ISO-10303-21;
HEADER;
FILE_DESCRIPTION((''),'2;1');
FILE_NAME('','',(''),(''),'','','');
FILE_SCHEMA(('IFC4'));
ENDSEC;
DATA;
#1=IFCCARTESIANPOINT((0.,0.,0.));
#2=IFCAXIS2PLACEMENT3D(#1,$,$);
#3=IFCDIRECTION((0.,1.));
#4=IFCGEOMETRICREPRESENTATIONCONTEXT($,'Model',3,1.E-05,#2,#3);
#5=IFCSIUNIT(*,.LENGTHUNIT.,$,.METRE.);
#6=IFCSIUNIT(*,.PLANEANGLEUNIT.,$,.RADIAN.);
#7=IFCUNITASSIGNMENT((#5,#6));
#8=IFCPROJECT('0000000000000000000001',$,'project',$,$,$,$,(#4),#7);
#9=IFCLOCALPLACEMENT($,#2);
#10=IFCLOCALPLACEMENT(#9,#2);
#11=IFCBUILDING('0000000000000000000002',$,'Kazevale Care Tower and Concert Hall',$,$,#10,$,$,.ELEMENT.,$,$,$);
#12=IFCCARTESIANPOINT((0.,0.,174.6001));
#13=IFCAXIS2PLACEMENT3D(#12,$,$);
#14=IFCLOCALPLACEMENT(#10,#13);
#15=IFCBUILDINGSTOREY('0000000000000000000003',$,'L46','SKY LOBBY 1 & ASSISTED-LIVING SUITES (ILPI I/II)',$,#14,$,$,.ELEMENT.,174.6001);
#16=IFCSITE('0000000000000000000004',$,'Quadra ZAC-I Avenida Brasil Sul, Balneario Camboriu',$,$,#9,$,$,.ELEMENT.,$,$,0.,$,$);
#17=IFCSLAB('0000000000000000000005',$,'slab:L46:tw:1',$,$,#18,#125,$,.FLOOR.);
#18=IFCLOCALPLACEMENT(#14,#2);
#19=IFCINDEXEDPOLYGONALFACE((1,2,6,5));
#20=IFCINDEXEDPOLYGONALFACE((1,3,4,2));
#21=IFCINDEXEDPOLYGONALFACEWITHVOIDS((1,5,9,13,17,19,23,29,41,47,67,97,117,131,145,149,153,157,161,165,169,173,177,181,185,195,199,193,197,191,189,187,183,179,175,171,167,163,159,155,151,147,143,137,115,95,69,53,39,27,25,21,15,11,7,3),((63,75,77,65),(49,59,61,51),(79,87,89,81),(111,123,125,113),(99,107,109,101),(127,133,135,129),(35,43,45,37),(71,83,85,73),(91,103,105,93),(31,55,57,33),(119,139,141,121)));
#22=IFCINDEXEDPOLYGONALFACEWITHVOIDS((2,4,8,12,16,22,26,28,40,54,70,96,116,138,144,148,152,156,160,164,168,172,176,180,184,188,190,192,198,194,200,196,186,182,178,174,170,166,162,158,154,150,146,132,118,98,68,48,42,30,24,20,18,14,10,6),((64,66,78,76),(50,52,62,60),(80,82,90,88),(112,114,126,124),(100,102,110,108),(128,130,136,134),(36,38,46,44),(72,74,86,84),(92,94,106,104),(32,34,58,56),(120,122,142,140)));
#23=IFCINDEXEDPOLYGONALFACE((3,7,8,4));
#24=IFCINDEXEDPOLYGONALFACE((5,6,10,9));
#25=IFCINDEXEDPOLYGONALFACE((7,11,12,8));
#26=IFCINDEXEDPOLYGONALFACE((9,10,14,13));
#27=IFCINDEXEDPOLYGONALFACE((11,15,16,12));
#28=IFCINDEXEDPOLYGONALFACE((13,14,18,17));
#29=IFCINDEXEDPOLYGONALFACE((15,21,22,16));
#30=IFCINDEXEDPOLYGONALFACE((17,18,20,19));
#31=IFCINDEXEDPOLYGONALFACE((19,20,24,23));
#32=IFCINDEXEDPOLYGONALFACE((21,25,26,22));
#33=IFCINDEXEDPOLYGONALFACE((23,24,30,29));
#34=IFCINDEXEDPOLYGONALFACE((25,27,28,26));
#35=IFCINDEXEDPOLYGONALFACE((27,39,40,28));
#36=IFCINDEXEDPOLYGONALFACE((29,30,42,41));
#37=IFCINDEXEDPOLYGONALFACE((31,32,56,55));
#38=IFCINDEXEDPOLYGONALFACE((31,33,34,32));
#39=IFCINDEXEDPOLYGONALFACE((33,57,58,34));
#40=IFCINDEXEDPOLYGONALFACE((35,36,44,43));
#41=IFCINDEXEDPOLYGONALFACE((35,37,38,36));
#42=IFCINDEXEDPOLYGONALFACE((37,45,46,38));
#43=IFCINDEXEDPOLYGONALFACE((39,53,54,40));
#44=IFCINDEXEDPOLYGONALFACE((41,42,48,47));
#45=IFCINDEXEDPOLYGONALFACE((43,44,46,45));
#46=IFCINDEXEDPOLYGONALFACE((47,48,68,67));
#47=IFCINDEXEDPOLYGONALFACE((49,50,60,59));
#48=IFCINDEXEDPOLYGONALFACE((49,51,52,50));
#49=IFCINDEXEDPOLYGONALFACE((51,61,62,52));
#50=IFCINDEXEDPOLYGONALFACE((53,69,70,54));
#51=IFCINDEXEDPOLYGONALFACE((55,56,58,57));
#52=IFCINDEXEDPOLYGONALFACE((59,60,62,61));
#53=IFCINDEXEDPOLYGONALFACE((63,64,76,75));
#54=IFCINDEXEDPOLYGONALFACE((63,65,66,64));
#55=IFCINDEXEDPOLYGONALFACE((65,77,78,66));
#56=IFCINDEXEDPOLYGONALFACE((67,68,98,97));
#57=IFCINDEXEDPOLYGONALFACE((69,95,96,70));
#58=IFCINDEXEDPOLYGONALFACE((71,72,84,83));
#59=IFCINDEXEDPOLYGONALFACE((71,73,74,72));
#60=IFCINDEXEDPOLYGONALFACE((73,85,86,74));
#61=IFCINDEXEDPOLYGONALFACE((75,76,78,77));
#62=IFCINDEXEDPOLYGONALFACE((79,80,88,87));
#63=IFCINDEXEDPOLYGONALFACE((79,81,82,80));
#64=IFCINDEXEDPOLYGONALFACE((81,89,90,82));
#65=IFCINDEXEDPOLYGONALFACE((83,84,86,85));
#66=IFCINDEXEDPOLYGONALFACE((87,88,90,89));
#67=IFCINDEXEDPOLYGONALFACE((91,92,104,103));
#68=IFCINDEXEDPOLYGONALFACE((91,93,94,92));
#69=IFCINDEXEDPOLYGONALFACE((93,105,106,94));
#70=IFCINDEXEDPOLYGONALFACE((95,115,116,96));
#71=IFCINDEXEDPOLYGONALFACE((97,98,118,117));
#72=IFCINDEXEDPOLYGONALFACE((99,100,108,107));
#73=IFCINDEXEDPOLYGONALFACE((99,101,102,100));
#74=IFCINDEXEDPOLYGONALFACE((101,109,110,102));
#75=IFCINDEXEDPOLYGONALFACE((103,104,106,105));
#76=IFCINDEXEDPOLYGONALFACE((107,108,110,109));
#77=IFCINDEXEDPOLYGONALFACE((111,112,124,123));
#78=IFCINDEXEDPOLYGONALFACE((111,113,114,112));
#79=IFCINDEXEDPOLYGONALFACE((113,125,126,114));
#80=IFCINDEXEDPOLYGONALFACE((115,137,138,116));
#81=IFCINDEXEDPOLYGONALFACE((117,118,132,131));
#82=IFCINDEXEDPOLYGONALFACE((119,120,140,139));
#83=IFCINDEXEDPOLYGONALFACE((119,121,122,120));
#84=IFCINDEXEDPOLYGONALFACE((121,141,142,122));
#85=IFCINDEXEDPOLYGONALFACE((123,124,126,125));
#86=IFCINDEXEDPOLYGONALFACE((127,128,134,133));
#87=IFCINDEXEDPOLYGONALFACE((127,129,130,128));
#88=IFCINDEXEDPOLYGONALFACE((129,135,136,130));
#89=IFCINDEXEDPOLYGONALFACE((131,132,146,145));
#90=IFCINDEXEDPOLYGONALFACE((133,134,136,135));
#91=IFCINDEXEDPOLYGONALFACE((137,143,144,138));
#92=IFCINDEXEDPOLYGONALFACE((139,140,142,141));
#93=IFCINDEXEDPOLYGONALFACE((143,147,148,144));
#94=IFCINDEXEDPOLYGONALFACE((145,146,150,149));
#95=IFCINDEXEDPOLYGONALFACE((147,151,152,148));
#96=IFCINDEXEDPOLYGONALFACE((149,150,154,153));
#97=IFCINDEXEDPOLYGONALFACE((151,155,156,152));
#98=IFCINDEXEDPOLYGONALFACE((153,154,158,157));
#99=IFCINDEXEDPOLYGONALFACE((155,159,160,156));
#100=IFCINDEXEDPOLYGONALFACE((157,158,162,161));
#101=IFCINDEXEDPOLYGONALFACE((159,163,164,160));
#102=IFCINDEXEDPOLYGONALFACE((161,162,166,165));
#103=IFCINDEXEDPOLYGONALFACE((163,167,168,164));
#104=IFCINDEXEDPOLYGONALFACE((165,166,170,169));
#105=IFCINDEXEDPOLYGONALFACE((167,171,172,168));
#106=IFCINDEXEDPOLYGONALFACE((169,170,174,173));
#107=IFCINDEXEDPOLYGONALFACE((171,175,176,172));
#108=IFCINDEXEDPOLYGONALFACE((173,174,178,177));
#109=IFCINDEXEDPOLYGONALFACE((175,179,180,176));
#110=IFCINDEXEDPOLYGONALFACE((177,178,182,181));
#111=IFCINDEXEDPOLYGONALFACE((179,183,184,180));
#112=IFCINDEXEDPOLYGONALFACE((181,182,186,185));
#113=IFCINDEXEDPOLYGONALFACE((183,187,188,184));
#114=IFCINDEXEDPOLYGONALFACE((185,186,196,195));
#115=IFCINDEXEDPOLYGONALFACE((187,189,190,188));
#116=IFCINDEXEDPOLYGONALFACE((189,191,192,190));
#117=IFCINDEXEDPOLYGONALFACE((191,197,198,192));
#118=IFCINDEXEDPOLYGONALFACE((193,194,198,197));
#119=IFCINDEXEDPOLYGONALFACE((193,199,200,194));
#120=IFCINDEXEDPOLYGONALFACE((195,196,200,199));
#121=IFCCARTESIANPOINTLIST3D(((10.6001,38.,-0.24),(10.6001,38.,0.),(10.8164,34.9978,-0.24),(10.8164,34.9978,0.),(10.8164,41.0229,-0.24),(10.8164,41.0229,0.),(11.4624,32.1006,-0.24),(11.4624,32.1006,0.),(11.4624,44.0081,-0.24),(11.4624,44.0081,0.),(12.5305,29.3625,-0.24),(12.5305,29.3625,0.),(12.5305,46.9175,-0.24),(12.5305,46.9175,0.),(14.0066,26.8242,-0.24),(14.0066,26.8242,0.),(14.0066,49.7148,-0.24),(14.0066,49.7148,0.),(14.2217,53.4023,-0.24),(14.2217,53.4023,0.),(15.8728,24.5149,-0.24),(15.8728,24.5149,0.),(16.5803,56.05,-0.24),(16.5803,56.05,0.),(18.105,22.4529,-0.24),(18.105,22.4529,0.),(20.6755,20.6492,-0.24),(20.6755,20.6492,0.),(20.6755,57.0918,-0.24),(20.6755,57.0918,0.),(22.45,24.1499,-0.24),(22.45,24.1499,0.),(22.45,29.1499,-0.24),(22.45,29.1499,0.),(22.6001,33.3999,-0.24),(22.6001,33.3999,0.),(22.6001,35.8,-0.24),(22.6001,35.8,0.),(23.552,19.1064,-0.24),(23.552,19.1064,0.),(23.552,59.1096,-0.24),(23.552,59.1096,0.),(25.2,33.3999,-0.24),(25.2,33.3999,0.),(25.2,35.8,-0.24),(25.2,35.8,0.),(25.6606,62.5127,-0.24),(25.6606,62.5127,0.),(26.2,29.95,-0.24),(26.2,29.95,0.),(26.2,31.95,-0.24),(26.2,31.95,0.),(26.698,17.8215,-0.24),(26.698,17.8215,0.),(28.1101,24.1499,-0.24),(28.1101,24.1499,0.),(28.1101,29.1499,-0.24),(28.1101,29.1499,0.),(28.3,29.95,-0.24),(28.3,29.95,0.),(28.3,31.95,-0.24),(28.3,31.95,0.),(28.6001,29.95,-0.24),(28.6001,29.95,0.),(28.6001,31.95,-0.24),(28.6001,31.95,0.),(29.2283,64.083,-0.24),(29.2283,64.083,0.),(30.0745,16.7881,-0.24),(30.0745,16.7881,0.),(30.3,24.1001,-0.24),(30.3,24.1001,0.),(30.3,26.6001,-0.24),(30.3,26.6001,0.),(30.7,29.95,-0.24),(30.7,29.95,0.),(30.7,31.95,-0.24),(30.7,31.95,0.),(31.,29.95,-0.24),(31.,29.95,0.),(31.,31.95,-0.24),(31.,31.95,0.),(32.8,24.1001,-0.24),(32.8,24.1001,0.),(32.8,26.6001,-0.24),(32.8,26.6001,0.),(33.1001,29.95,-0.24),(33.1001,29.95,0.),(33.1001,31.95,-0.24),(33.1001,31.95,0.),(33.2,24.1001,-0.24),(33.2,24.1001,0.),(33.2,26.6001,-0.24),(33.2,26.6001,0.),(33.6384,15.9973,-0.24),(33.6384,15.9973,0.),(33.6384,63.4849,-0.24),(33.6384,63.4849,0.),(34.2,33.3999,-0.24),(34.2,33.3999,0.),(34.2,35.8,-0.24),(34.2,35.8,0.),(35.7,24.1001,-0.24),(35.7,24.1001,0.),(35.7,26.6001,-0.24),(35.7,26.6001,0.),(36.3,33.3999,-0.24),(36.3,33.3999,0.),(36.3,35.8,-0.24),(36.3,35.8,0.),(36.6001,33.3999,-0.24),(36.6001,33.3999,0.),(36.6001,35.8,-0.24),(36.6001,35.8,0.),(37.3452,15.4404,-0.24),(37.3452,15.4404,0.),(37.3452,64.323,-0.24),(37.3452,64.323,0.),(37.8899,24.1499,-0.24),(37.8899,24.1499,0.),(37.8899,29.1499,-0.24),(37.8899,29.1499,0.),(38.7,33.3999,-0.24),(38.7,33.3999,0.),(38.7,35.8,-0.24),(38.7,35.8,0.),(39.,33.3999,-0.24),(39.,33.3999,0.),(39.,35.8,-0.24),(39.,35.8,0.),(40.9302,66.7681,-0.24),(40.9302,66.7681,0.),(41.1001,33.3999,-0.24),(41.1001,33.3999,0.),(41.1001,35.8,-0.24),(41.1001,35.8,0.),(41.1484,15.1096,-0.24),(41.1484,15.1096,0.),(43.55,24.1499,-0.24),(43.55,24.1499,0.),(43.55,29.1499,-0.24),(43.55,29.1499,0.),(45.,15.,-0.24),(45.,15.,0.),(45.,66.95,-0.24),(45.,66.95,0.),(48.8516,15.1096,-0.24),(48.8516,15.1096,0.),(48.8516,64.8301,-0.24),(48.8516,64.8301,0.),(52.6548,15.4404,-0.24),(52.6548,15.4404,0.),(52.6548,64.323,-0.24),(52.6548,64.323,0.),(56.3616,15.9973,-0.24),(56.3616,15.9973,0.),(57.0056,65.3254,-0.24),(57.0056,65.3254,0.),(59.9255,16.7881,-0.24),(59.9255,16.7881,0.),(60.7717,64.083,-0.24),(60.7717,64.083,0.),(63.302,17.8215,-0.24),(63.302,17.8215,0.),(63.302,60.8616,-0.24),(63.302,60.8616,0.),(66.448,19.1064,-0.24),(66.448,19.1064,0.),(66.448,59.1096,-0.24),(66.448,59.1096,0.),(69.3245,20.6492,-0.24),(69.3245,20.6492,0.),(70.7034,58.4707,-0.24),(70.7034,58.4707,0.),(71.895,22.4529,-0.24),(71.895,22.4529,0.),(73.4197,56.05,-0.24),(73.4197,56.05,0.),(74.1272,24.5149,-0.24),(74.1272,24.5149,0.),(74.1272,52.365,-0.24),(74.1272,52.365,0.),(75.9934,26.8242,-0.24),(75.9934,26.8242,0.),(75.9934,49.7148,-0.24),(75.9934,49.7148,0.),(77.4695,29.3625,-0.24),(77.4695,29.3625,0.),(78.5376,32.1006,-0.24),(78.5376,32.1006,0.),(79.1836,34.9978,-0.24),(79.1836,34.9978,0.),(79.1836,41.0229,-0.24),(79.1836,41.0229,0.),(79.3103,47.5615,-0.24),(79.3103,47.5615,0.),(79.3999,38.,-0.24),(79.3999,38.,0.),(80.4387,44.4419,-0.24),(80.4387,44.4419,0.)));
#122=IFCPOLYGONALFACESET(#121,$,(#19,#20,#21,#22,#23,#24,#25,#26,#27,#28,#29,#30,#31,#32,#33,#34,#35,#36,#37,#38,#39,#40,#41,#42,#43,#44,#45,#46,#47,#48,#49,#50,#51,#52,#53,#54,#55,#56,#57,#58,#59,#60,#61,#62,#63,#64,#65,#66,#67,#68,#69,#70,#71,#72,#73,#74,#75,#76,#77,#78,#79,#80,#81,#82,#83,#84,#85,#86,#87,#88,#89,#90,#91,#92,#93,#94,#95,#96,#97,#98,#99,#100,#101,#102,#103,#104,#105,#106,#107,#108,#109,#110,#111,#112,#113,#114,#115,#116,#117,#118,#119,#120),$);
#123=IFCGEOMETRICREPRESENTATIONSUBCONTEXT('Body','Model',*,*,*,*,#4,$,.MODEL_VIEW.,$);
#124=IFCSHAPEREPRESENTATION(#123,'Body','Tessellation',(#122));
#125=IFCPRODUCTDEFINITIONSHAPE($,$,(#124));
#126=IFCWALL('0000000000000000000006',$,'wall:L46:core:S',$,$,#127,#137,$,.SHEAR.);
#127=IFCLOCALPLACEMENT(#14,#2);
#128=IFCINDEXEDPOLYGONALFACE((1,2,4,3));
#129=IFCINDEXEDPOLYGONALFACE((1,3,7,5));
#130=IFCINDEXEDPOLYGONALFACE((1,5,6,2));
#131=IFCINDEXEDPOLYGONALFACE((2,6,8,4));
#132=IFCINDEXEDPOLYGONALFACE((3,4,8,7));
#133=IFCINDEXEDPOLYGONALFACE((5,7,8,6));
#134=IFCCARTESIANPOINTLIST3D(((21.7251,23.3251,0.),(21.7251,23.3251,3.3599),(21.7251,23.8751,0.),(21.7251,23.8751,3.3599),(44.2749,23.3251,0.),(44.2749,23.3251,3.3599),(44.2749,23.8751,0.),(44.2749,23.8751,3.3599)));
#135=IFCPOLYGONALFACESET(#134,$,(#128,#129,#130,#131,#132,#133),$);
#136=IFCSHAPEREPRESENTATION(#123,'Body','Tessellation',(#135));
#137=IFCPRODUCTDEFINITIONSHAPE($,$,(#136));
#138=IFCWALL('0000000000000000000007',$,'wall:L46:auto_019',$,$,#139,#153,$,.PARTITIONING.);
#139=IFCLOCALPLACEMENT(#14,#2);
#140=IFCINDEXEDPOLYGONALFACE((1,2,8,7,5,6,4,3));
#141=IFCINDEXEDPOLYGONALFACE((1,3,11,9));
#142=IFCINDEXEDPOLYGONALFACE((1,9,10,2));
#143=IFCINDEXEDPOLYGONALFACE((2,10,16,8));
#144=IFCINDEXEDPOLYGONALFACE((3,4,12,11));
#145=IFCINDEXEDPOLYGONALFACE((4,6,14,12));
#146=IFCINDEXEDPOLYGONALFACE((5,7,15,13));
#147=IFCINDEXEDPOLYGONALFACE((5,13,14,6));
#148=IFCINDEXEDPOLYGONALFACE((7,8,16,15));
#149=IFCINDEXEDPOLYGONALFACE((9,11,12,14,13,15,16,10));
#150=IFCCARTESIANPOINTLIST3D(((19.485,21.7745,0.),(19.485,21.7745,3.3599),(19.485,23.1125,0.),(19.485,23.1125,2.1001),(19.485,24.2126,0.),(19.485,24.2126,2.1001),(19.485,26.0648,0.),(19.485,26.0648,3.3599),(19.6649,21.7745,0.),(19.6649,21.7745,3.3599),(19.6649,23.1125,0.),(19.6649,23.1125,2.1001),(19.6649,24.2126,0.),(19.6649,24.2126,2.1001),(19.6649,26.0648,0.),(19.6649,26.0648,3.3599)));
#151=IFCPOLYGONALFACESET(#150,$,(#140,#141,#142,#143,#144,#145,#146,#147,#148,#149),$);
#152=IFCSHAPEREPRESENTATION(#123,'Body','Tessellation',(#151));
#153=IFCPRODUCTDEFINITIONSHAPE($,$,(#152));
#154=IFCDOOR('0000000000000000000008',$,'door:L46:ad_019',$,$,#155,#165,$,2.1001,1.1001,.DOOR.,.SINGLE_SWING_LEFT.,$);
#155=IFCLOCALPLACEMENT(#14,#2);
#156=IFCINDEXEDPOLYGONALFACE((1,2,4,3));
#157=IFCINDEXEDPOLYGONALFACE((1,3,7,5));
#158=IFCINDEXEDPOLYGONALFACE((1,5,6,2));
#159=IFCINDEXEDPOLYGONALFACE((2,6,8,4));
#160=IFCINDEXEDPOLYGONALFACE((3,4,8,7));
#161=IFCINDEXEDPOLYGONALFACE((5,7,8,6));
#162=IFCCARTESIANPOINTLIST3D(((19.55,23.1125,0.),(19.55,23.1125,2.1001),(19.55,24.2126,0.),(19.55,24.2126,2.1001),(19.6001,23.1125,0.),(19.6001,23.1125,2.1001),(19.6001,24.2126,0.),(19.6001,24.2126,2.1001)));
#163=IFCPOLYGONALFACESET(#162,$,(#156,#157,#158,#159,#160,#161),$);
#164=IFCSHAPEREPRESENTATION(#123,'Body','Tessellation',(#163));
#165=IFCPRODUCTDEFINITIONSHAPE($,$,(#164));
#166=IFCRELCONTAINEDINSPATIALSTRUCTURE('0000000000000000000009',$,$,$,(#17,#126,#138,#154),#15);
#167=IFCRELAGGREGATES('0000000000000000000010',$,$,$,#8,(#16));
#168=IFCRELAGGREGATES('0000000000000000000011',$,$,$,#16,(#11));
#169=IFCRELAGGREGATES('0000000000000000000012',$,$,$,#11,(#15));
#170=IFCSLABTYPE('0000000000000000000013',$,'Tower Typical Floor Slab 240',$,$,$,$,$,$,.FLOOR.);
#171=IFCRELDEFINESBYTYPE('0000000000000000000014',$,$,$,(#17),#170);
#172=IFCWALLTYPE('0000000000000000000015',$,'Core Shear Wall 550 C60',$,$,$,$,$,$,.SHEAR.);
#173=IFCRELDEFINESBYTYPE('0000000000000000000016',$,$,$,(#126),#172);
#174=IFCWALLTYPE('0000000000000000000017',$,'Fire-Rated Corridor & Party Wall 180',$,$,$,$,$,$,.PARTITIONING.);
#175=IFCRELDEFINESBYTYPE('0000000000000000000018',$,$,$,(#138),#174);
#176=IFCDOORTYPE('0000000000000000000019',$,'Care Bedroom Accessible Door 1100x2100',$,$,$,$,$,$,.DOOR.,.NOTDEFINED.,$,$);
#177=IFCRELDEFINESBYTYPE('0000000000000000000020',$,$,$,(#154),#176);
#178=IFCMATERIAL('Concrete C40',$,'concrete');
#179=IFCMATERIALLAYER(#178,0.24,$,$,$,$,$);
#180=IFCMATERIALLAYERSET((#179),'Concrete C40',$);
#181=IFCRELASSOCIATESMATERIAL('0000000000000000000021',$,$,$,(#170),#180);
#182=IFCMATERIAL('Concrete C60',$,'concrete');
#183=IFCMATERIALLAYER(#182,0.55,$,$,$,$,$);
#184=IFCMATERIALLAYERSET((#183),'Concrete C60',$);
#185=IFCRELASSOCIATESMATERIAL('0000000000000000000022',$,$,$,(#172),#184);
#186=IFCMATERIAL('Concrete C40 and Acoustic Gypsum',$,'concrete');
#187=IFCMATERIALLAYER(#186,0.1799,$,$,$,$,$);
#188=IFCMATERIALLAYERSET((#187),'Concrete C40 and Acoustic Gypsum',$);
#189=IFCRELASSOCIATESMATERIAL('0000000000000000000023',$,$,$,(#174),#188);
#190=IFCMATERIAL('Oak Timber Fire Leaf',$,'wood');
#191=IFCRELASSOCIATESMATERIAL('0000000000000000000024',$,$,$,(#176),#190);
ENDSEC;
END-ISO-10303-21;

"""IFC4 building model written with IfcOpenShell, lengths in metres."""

from ifc_helpers import new_model, si_unit, direction, frame, frame_2d, origin, place, context, subcontext, project, spatial, polyline, rectangle, outline, extrude, material, layer, layer_set, type_object, element, fill, save


model = new_model("IFC4")

# Units and contexts
model_context = context("Model", 3, precision=1e-05, world=origin(), true_north=direction((0.0, 1.0)))
body_context = subcontext(model_context, "Body", "Model", "MODEL_VIEW")
ifc_project = project(units=[si_unit("LENGTHUNIT", "METRE"), si_unit("PLANEANGLEUNIT", "RADIAN")], contexts=[model_context])

# Site, building, storey
site_placement = place(None, origin())
site = spatial("IfcSite", under=ifc_project, at=site_placement, Name="Quadra ZAC-I Avenida Brasil Sul, Balneario Camboriu", CompositionType="ELEMENT", RefElevation=0.0)
building_placement = place(site_placement, origin())
building = spatial("IfcBuilding", under=site, at=building_placement, Name="Kazevale Care Tower and Concert Hall", CompositionType="ELEMENT")
storey_placement = place(building_placement, frame((0.0, 0.0, 174.6001)))
storey = spatial("IfcBuildingStorey", under=building, at=storey_placement, Name="L46", Description="SKY LOBBY 1 & ASSISTED-LIVING SUITES (ILPI I/II)", CompositionType="ELEMENT", Elevation=174.6001)

# Shared definitions
ifc_material_1 = material(Name="Concrete C60", Category="concrete")

# Shared definitions
ifc_material_2 = material(Name="Concrete C40", Category="concrete")

# Slab
ifc_layer_1 = layer(ifc_material_2, 0.24)
ifc_layer_set_1 = layer_set([ifc_layer_1], Name="Concrete C40")
slab_type_1 = type_object("IfcSlabType", Name="Tower Typical Floor Slab 240", PredefinedType="FLOOR", material=ifc_layer_set_1)
slab_1_placement = place(storey_placement, frame((0.0, 0.0, -0.24)))
element("IfcSlab", 1, at=slab_1_placement, inside=storey, type_object=slab_type_1, Name="slab:L46:tw:1", PredefinedType="FLOOR", context=body_context, shape_type="SweptSolid", body=[
    extrude(outline(polyline([(79.3999, 38.0), (79.1836, 41.0229), (80.4387, 44.4419), (79.3103, 47.5615), (75.9934, 49.7148), (74.1272, 52.365), (73.4197, 56.05), (70.7034, 58.4707), (66.448, 59.1096), (63.302, 60.8616), (60.7717, 64.083), (57.0056, 65.3254), (52.6548, 64.323), (48.8516, 64.8301), (45.0, 66.95), (40.9302, 66.7681), (37.3452, 64.323), (33.6384, 63.4849), (29.2283, 64.083), (25.6606, 62.5127), (23.552, 59.1096), (20.6755, 57.0918), (16.5803, 56.05), (14.2217, 53.4023), (14.0066, 49.7148), (12.5305, 46.9175), (11.4624, 44.0081), (10.8164, 41.0229), (10.6001, 38.0), (10.8164, 34.9978), (11.4624, 32.1006), (12.5305, 29.3625), (14.0066, 26.8242), (15.8728, 24.5149), (18.105, 22.4529), (20.6755, 20.6492), (23.552, 19.1064), (26.698, 17.8215), (30.0745, 16.7881), (33.6384, 15.9973), (37.3452, 15.4404), (41.1484, 15.1096), (45.0, 15.0), (48.8516, 15.1096), (52.6548, 15.4404), (56.3616, 15.9973), (59.9255, 16.7881), (63.302, 17.8215), (66.448, 19.1064), (69.3245, 20.6492), (71.895, 22.4529), (74.1272, 24.5149), (75.9934, 26.8242), (77.4695, 29.3625), (78.5376, 32.1006), (79.1836, 34.9978), (79.3999, 38.0)]), holes=[polyline([(22.45, 24.1499), (28.1101, 24.1499), (28.1101, 29.1499), (22.45, 29.1499), (22.45, 24.1499)]), polyline([(37.8899, 24.1499), (43.55, 24.1499), (43.55, 29.1499), (37.8899, 29.1499), (37.8899, 24.1499)]), polyline([(30.3, 24.1001), (32.8, 24.1001), (32.8, 26.6001), (30.3, 26.6001), (30.3, 24.1001)]), polyline([(33.2, 24.1001), (35.7, 24.1001), (35.7, 26.6001), (33.2, 26.6001), (33.2, 24.1001)]), polyline([(22.6001, 33.3999), (25.2, 33.3999), (25.2, 35.8), (22.6001, 35.8), (22.6001, 33.3999)]), polyline([(34.2, 33.3999), (36.3, 33.3999), (36.3, 35.8), (34.2, 35.8), (34.2, 33.3999)]), polyline([(36.6001, 33.3999), (38.7, 33.3999), (38.7, 35.8), (36.6001, 35.8), (36.6001, 33.3999)]), polyline([(39.0, 33.3999), (41.1001, 33.3999), (41.1001, 35.8), (39.0, 35.8), (39.0, 33.3999)]), polyline([(26.2, 29.95), (28.3, 29.95), (28.3, 31.95), (26.2, 31.95), (26.2, 29.95)]), polyline([(28.6001, 29.95), (30.7, 29.95), (30.7, 31.95), (28.6001, 31.95), (28.6001, 29.95)]), polyline([(31.0, 29.95), (33.1001, 29.95), (33.1001, 31.95), (31.0, 31.95), (31.0, 29.95)])]), origin(), (0.0, 0.0, 1.0), 0.24),
])

# Wall
ifc_layer_2 = layer(ifc_material_1, 0.55)
ifc_layer_set_2 = layer_set([ifc_layer_2], Name="Concrete C60")
wall_type_1 = type_object("IfcWallType", Name="Core Shear Wall 550 C60", PredefinedType="SHEAR", material=ifc_layer_set_2)
wall_1_placement = place(storey_placement, frame((21.7251, 23.6001, 0.0), z_axis=(0.0, 0.0, 1.0), x_axis=(1.0, 0.0, 0.0)))
element("IfcWall", 2, at=wall_1_placement, inside=storey, type_object=wall_type_1, Name="wall:L46:core:S", PredefinedType="SHEAR", context=body_context, shape_type="SweptSolid", body=[
    extrude(rectangle(XDim=22.5498, YDim=0.55, at=frame_2d((11.2749, 0.0))), origin(), (0.0, 0.0, 1.0), 3.3599),
])

# Wall, opening, door
ifc_material_3 = material(Name="Concrete C40 and Acoustic Gypsum", Category="concrete")
ifc_layer_3 = layer(ifc_material_3, 0.1799)
ifc_layer_set_3 = layer_set([ifc_layer_3], Name="Concrete C40 and Acoustic Gypsum")
wall_type_2 = type_object("IfcWallType", Name="Fire-Rated Corridor & Party Wall 180", PredefinedType="PARTITIONING", material=ifc_layer_set_3)
wall_2_placement = place(storey_placement, frame((19.575, 21.7747, 0.0), z_axis=(0.0, 0.0, 1.0), x_axis=(0.0, 1.0, 0.0)))
wall_2 = element("IfcWall", 3, at=wall_2_placement, inside=storey, type_object=wall_type_2, Name="wall:L46:auto_019", PredefinedType="PARTITIONING", context=body_context, shape_type="SweptSolid", body=[
    extrude(rectangle(XDim=4.2903, YDim=0.1799, at=frame_2d((2.145, 0.0))), origin(), (0.0, 0.0, 1.0), 3.3599),
])
opening_placement = place(wall_2_placement, frame((1.3379, 0.0, 0.0)))
opening = element("IfcOpeningElement", 4, at=opening_placement, cuts=wall_2, PredefinedType="OPENING", context=body_context, shape_type="SweptSolid", body=[
    extrude(rectangle(XDim=1.1001, YDim=2.1001, at=frame_2d((0.55, 1.05))), frame((0.0, 0.0999, 0.0), z_axis=(0.0, -1.0, 0.0), x_axis=(1.0, 0.0, 0.0)), (0.0, 0.0, 1.0), 0.2),
])
ifc_material_4 = material(Name="Oak Timber Fire Leaf", Category="wood")
door_type = type_object("IfcDoorType", Name="Care Bedroom Accessible Door 1100x2100", OperationType="NOTDEFINED", PredefinedType="DOOR", material=ifc_material_4)
door_placement = place(opening_placement, origin())
door = element("IfcDoor", 5, at=door_placement, inside=storey, type_object=door_type, Name="door:L46:ad_019", OperationType="SINGLE_SWING_LEFT", OverallHeight=2.1001, OverallWidth=1.1001, PredefinedType="DOOR", context=body_context, shape_type="SweptSolid", body=[
    extrude(rectangle(XDim=1.1001, YDim=2.1001, at=frame_2d((0.55, 1.05))), frame((0.0, 0.0249, 0.0), z_axis=(0.0, -1.0, 0.0), x_axis=(1.0, 0.0, 0.0)), (0.0, 0.0, 1.0), 0.05),
])
fill(opening, door)

save(model, "model.ifc")
